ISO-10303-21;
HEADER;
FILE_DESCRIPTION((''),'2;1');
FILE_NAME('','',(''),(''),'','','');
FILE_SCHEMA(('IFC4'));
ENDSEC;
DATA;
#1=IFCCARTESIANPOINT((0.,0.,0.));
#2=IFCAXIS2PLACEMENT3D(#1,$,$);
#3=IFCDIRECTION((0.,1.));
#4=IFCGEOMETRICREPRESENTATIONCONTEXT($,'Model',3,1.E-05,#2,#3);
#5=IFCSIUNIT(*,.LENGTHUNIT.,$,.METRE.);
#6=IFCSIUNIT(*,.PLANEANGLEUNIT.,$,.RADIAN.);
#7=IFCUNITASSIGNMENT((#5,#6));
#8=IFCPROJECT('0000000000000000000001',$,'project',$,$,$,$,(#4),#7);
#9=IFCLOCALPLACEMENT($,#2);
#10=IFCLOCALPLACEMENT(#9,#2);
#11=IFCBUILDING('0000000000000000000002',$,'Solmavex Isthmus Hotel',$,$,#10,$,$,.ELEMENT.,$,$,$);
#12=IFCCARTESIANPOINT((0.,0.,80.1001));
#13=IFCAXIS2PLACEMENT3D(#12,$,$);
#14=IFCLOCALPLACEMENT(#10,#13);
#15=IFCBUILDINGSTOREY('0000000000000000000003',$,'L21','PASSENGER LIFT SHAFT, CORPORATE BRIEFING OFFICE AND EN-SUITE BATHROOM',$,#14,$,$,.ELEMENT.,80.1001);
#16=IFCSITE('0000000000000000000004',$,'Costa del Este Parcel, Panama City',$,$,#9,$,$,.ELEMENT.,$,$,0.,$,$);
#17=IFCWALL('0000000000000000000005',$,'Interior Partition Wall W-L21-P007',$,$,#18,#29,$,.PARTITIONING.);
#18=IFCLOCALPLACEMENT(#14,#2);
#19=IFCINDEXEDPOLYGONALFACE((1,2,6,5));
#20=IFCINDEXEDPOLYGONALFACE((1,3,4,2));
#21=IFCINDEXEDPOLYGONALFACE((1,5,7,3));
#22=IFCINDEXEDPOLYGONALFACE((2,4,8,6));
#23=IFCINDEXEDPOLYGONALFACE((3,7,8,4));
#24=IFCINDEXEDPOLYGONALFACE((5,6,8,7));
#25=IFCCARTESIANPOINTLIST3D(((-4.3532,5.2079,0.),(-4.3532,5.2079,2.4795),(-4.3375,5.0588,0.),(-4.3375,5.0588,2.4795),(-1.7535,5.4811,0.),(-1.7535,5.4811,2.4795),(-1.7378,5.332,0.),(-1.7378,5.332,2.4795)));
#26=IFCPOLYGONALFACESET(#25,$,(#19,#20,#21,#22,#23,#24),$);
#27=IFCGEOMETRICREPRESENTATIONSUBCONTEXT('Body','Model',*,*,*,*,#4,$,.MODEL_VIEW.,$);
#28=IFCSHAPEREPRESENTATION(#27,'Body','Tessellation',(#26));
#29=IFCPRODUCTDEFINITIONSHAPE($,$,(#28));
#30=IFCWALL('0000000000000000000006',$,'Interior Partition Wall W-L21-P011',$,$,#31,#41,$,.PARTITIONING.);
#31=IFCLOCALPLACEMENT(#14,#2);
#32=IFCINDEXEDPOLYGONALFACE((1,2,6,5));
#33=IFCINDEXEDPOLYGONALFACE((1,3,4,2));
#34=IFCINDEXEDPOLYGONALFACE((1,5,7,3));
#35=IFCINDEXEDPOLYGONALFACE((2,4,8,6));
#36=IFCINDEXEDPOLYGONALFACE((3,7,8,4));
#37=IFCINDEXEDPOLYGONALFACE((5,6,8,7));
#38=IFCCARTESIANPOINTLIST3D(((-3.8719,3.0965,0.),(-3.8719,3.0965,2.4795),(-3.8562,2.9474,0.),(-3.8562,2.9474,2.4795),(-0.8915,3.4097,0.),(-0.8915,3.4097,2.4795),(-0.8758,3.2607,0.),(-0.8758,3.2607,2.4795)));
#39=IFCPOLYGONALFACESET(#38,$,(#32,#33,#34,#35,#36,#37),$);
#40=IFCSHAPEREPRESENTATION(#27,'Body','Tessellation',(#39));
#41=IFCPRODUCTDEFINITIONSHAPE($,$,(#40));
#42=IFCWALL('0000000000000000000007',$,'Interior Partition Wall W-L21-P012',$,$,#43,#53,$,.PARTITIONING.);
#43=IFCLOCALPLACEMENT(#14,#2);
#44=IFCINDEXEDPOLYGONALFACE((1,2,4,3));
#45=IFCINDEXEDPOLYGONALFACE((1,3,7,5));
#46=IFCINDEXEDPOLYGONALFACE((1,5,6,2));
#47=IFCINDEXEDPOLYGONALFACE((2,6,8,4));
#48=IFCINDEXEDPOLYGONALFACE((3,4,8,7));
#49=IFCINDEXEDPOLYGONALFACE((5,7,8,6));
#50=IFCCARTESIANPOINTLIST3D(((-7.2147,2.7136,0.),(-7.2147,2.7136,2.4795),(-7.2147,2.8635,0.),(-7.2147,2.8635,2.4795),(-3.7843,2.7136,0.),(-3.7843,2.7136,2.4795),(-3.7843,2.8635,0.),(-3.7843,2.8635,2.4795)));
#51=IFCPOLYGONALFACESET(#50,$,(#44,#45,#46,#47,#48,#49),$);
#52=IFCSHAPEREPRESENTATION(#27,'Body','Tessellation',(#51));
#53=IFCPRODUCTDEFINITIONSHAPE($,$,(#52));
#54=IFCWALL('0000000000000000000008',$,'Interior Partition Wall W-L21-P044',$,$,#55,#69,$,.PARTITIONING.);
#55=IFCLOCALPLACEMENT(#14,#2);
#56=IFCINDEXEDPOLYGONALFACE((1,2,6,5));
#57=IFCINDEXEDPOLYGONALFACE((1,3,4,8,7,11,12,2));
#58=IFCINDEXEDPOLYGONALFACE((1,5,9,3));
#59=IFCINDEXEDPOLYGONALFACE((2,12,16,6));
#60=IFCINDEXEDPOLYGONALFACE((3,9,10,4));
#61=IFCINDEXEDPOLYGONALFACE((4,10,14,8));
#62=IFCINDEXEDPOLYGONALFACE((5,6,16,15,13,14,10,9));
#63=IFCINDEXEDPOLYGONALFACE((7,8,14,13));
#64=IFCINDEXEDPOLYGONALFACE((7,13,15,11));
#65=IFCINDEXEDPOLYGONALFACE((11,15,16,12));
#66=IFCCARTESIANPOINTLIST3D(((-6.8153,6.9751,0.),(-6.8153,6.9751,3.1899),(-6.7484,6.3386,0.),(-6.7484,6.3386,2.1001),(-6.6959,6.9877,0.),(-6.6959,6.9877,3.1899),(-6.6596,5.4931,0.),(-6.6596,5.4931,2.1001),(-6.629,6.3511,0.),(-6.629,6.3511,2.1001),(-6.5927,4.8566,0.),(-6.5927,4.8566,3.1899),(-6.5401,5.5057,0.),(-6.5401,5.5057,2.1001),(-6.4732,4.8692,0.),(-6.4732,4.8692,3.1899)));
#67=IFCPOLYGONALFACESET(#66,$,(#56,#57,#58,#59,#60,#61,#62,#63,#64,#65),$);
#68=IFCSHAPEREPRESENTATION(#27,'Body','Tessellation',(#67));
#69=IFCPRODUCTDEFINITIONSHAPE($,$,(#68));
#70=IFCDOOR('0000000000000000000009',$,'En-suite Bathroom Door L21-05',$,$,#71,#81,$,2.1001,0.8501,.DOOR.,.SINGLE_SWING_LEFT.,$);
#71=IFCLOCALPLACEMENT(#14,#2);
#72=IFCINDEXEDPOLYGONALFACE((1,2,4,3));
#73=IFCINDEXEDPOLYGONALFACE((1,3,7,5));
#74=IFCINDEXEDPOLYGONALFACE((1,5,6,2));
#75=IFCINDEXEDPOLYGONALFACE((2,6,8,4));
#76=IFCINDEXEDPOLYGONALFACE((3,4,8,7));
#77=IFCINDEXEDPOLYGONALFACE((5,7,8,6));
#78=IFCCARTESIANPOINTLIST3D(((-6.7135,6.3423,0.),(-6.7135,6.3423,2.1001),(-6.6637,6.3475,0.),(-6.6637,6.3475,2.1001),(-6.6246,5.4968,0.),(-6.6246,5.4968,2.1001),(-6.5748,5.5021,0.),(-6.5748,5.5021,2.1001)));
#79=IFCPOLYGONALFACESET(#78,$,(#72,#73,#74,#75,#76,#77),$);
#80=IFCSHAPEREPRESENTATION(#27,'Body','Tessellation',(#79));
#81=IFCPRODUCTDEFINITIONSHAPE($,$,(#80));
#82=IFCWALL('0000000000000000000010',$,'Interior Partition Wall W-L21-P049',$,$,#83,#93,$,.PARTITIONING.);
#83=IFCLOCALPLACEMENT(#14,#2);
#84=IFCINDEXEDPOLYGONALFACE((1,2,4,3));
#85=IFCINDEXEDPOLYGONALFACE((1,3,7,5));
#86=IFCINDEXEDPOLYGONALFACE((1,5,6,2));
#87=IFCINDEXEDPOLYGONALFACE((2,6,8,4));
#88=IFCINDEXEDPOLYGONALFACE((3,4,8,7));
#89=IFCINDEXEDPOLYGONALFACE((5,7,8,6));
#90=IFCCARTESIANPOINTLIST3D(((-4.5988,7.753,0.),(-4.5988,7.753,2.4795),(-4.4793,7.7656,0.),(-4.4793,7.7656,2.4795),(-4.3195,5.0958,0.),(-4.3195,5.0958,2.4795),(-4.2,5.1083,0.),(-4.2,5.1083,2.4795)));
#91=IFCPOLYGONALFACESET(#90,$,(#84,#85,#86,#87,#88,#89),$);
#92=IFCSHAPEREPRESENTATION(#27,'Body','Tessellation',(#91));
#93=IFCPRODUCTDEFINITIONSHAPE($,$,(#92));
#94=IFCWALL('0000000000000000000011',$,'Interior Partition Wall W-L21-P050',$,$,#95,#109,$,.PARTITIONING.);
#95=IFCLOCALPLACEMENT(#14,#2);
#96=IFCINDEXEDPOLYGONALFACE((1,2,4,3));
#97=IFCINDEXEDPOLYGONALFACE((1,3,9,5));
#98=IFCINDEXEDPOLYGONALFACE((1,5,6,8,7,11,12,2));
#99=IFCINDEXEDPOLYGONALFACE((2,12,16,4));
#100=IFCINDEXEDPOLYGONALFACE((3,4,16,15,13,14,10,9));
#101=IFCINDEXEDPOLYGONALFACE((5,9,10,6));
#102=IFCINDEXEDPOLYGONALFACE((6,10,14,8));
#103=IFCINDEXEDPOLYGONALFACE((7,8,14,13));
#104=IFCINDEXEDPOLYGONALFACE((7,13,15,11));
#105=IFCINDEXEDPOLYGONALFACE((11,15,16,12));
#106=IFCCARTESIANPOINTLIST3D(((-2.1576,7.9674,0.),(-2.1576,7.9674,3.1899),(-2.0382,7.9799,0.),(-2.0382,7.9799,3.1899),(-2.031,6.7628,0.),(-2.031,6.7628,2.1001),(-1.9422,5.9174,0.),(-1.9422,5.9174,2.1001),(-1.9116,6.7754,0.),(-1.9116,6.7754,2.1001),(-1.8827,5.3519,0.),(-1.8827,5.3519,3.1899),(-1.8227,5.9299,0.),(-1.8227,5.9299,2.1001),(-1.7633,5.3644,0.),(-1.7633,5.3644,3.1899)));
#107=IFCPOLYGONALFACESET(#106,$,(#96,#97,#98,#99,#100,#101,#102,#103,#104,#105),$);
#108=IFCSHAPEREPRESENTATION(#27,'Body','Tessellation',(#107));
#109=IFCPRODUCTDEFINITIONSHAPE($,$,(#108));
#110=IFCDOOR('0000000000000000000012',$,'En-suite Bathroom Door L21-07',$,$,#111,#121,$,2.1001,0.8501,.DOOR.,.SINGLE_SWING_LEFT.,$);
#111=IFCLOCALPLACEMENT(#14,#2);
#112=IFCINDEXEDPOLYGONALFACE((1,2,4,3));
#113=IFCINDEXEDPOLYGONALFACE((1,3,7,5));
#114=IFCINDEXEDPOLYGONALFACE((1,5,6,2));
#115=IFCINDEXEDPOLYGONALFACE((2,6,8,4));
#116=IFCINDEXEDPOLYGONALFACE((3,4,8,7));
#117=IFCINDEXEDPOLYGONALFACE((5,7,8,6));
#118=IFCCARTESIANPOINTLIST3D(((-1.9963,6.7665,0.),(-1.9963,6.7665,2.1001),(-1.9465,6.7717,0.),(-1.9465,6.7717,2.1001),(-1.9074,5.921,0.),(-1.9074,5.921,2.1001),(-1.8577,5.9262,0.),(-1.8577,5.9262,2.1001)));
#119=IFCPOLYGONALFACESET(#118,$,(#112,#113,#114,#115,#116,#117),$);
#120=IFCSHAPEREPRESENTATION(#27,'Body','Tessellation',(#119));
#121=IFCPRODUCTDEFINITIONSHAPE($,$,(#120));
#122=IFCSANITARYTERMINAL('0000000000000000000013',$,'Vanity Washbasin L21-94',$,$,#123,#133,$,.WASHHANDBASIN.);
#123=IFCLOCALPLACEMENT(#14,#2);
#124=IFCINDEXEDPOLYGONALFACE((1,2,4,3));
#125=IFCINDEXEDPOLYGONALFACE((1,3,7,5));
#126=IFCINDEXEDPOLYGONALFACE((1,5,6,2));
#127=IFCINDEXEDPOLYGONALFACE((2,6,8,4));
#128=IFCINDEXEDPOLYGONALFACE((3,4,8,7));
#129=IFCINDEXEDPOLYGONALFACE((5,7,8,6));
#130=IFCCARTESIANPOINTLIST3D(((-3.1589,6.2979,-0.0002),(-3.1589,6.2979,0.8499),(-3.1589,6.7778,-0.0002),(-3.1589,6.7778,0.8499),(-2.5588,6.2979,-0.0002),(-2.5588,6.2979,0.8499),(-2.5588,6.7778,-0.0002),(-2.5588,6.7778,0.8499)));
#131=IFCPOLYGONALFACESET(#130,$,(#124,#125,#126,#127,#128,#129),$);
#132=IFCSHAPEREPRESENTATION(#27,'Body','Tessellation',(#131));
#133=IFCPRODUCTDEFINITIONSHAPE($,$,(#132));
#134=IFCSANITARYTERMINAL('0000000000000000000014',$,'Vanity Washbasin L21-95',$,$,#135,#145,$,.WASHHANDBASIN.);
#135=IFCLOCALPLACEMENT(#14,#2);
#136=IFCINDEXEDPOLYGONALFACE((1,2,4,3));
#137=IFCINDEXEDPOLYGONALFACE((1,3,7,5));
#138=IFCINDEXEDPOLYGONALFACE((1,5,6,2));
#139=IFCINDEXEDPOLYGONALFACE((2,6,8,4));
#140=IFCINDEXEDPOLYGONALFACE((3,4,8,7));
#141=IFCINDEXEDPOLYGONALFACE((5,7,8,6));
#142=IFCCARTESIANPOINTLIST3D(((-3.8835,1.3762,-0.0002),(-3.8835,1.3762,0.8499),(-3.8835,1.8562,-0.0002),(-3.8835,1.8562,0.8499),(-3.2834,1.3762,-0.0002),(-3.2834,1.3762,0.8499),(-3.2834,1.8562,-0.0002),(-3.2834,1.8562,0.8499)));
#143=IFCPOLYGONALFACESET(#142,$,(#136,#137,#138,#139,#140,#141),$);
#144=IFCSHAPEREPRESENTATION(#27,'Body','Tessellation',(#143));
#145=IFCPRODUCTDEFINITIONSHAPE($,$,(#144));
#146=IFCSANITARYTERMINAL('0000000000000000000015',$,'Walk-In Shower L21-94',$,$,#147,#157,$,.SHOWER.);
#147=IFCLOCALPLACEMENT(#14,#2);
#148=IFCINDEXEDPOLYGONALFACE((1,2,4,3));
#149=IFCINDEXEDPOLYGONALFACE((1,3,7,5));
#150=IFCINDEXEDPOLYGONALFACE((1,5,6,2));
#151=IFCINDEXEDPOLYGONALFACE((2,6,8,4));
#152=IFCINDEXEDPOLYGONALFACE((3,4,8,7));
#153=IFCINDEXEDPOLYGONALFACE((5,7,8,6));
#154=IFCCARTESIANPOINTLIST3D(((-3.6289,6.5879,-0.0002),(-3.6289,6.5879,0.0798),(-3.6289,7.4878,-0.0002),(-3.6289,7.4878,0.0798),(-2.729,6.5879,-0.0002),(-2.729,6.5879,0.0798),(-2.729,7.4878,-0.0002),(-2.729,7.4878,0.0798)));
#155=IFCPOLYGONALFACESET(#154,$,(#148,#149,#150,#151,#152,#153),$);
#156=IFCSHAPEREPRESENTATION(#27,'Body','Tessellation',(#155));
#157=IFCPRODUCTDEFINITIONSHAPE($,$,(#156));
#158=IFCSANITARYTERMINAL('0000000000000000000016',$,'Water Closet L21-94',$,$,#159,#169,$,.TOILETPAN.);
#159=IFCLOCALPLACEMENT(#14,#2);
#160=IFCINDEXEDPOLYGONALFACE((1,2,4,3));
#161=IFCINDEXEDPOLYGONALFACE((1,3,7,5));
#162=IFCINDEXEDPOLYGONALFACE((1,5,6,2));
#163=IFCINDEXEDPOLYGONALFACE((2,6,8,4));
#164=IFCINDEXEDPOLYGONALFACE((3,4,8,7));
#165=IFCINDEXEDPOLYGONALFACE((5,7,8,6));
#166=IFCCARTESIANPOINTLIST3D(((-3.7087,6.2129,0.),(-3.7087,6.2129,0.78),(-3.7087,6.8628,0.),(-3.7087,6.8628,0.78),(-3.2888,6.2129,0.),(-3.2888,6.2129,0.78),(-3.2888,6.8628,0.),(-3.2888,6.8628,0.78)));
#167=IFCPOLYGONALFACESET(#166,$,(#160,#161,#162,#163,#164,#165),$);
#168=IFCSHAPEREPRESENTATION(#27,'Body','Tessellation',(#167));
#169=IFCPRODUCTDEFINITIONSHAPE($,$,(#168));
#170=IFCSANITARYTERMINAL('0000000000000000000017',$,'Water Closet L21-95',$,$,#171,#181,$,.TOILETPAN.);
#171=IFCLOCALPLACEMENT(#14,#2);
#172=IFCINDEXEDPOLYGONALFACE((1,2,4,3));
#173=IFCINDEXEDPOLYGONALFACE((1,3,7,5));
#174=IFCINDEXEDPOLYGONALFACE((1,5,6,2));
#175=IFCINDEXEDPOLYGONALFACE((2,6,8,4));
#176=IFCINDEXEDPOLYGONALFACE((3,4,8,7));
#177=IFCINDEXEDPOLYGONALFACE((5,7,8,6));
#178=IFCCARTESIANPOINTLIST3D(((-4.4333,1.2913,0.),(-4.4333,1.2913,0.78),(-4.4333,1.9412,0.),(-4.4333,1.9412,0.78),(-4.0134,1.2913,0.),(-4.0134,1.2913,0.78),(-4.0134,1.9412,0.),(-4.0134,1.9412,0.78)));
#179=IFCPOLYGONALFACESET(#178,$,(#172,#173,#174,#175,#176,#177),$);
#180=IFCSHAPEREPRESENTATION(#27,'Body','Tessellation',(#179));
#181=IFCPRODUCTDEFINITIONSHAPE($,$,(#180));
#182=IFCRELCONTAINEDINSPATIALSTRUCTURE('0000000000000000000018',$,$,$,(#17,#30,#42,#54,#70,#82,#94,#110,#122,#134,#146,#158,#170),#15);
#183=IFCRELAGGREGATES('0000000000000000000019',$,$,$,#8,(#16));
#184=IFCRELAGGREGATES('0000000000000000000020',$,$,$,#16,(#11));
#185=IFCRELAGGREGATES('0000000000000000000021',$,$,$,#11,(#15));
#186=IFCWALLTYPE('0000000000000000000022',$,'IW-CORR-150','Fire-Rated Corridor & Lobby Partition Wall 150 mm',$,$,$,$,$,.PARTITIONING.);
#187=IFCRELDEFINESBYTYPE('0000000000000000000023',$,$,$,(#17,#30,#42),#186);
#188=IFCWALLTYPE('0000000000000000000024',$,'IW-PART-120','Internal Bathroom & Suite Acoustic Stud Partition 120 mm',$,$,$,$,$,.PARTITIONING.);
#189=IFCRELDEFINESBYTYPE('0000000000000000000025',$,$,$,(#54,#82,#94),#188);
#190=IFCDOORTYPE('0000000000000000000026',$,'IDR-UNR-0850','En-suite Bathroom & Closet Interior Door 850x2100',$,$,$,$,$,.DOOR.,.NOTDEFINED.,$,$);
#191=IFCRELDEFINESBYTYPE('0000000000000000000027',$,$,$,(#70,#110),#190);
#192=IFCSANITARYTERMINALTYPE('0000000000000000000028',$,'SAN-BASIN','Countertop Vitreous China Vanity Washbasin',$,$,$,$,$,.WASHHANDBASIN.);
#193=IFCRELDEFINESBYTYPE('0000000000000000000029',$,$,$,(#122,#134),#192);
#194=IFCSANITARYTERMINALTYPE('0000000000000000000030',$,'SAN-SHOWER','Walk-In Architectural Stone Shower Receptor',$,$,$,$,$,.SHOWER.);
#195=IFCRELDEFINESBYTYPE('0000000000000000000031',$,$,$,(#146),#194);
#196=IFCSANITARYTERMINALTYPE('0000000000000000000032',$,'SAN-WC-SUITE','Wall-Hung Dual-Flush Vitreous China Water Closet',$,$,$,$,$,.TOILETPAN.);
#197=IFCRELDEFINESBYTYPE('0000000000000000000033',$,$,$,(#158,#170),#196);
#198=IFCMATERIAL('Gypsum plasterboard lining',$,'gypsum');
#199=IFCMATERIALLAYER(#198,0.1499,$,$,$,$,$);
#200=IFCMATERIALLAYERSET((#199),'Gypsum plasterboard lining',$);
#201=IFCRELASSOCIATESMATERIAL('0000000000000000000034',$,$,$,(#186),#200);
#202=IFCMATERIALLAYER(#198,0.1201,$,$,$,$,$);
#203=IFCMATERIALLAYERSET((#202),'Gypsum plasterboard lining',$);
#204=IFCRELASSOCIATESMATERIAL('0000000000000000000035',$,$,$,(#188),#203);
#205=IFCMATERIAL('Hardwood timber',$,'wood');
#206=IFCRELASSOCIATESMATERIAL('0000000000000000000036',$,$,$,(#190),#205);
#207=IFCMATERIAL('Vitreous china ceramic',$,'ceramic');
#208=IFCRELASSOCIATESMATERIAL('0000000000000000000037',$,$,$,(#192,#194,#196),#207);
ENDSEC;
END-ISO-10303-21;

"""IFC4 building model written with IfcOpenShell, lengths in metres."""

from ifc_helpers import new_model, si_unit, direction, frame, frame_2d, origin, origin_2d, place, context, subcontext, project, spatial, rectangle, extrude, material, layer, layer_set, type_object, element, fill, save


model = new_model("IFC4")

# Units and contexts
model_context = context("Model", 3, precision=1e-05, world=origin(), true_north=direction((0.0, 1.0)))
body_context = subcontext(model_context, "Body", "Model", "MODEL_VIEW")
ifc_project = project(units=[si_unit("LENGTHUNIT", "METRE"), si_unit("PLANEANGLEUNIT", "RADIAN")], contexts=[model_context])

# Site, building, storey
site_placement = place(None, origin())
site = spatial("IfcSite", under=ifc_project, at=site_placement, Name="Costa del Este Parcel, Panama City", CompositionType="ELEMENT", RefElevation=0.0)
building_placement = place(site_placement, origin())
building = spatial("IfcBuilding", under=site, at=building_placement, Name="Solmavex Isthmus Hotel", CompositionType="ELEMENT")
storey_placement = place(building_placement, frame((0.0, 0.0, 80.1001)))
storey = spatial("IfcBuildingStorey", under=building, at=storey_placement, Name="L21", Description="PASSENGER LIFT SHAFT, CORPORATE BRIEFING OFFICE AND EN-SUITE BATHROOM", CompositionType="ELEMENT", Elevation=80.1001)

# Shared definitions
ifc_material_1 = material(Name="Gypsum plasterboard lining", Category="gypsum")
ifc_layer_1 = layer(ifc_material_1, 0.1499)
ifc_layer_set_1 = layer_set([ifc_layer_1], Name="Gypsum plasterboard lining")
wall_type_1 = type_object("IfcWallType", Name="IW-CORR-150", Description="Fire-Rated Corridor & Lobby Partition Wall 150 mm", PredefinedType="PARTITIONING", material=ifc_layer_set_1)
ifc_material_2 = material(Name="Hardwood timber", Category="wood")

# Walls
wall_1_placement = place(storey_placement, frame((-4.3455, 5.1333, 0.0), z_axis=(0.0, 0.0, 1.0), x_axis=(0.994523, 0.104515, 0.0)))
element("IfcWall", 1, at=wall_1_placement, inside=storey, type_object=wall_type_1, Name="Interior Partition Wall W-L21-P007", PredefinedType="PARTITIONING", context=body_context, shape_type="SweptSolid", body=[
    extrude(rectangle(XDim=2.614, YDim=0.1499, at=frame_2d((1.3071, 0.0))), origin(), (0.0, 0.0, 1.0), 2.4795),
])
wall_2_placement = place(storey_placement, frame((-0.8835, 3.3352, 0.0), z_axis=(0.0, 0.0, 1.0), x_axis=(-0.994523, -0.104519, 0.0)))
element("IfcWall", 2, at=wall_2_placement, inside=storey, type_object=wall_type_1, Name="Interior Partition Wall W-L21-P011", PredefinedType="PARTITIONING", context=body_context, shape_type="SweptSolid", body=[
    extrude(rectangle(XDim=2.9968, YDim=0.1499, at=frame_2d((1.4985, 0.0))), origin(), (0.0, 0.0, 1.0), 2.4795),
])
wall_3_placement = place(storey_placement, frame((-3.7842, 2.7886, 0.0), z_axis=(0.0, 0.0, 1.0), x_axis=(-1.0, 0.0, 0.0)))
element("IfcWall", 3, at=wall_3_placement, inside=storey, type_object=wall_type_1, Name="Interior Partition Wall W-L21-P012", PredefinedType="PARTITIONING", context=body_context, shape_type="SweptSolid", body=[
    extrude(rectangle(XDim=3.4304, YDim=0.1499, at=frame_2d((1.7153, 0.0))), origin(), (0.0, 0.0, 1.0), 2.4795),
])

# Wall, opening, door
ifc_layer_2 = layer(ifc_material_1, 0.1201)
ifc_layer_set_2 = layer_set([ifc_layer_2], Name="Gypsum plasterboard lining")
wall_type_2 = type_object("IfcWallType", Name="IW-PART-120", Description="Internal Bathroom & Suite Acoustic Stud Partition 120 mm", PredefinedType="PARTITIONING", material=ifc_layer_set_2)
wall_4_placement = place(storey_placement, frame((-6.533, 4.863, 0.0), z_axis=(0.0, 0.0, 1.0), x_axis=(-0.10453, 0.994522, 0.0)))
wall_4 = element("IfcWall", 4, at=wall_4_placement, inside=storey, type_object=wall_type_2, Name="Interior Partition Wall W-L21-P044", PredefinedType="PARTITIONING", context=body_context, shape_type="SweptSolid", body=[
    extrude(rectangle(XDim=2.1301, YDim=0.1201, at=frame_2d((1.0649, 0.0))), origin(), (0.0, 0.0, 1.0), 3.1899),
])
opening_1_placement = place(wall_4_placement, frame((0.6399, 0.0, 0.0)))
opening_1 = element("IfcOpeningElement", 5, at=opening_1_placement, cuts=wall_4, PredefinedType="OPENING", context=body_context, shape_type="SweptSolid", body=[
    extrude(rectangle(XDim=0.8501, YDim=2.1001, at=frame_2d((0.425, 1.05))), frame((0.0, 0.0701, 0.0), z_axis=(0.0, -1.0, 0.0), x_axis=(1.0, 0.0, 0.0)), (0.0, 0.0, 1.0), 0.1401),
])
door_type_1 = type_object("IfcDoorType", Name="IDR-UNR-0850", Description="En-suite Bathroom & Closet Interior Door 850x2100", OperationType="NOTDEFINED", PredefinedType="DOOR", material=ifc_material_2)
door_1_placement = place(opening_1_placement, origin())
door_1 = element("IfcDoor", 6, at=door_1_placement, inside=storey, type_object=door_type_1, Name="En-suite Bathroom Door L21-05", OperationType="SINGLE_SWING_LEFT", OverallHeight=2.1001, OverallWidth=0.8501, PredefinedType="DOOR", context=body_context, shape_type="SweptSolid", body=[
    extrude(rectangle(XDim=0.8501, YDim=2.1001, at=frame_2d((0.425, 1.05))), frame((0.0, 0.0249, 0.0), z_axis=(0.0, -1.0, 0.0), x_axis=(1.0, 0.0, 0.0)), (0.0, 0.0, 1.0), 0.05),
])
fill(opening_1, door_1)

# Wall
wall_5_placement = place(storey_placement, frame((-4.5391, 7.7593, 0.0), z_axis=(0.0, 0.0, 1.0), x_axis=(0.104533, -0.994521, 0.0)))
element("IfcWall", 7, at=wall_5_placement, inside=storey, type_object=wall_type_2, Name="Interior Partition Wall W-L21-P049", PredefinedType="PARTITIONING", context=body_context, shape_type="SweptSolid", body=[
    extrude(rectangle(XDim=2.6719, YDim=0.1201, at=frame_2d((1.3359, 0.0))), origin(), (0.0, 0.0, 1.0), 2.4795),
])

# Wall, opening, door
wall_6_placement = place(storey_placement, frame((-1.823, 5.3582, 0.0), z_axis=(0.0, 0.0, 1.0), x_axis=(-0.10453, 0.994522, 0.0)))
wall_6 = element("IfcWall", 8, at=wall_6_placement, inside=storey, type_object=wall_type_2, Name="Interior Partition Wall W-L21-P050", PredefinedType="PARTITIONING", context=body_context, shape_type="SweptSolid", body=[
    extrude(rectangle(XDim=2.6299, YDim=0.1201, at=frame_2d((1.3149, 0.0))), origin(), (0.0, 0.0, 1.0), 3.1899),
])
opening_2_placement = place(wall_6_placement, frame((0.5686, 0.0, 0.0)))
opening_2 = element("IfcOpeningElement", 9, at=opening_2_placement, cuts=wall_6, PredefinedType="OPENING", context=body_context, shape_type="SweptSolid", body=[
    extrude(rectangle(XDim=0.8501, YDim=2.1001, at=frame_2d((0.425, 1.05))), frame((0.0, 0.0701, 0.0), z_axis=(0.0, -1.0, 0.0), x_axis=(1.0, 0.0, 0.0)), (0.0, 0.0, 1.0), 0.1401),
])
door_2_placement = place(opening_2_placement, frame((0.8501, 0.0, 0.0), z_axis=(0.0, 0.0, 1.0), x_axis=(-1.0, 0.0, 0.0)))
door_2 = element("IfcDoor", 10, at=door_2_placement, inside=storey, type_object=door_type_1, Name="En-suite Bathroom Door L21-07", OperationType="SINGLE_SWING_LEFT", OverallHeight=2.1001, OverallWidth=0.8501, PredefinedType="DOOR", context=body_context, shape_type="SweptSolid", body=[
    extrude(rectangle(XDim=0.8501, YDim=2.1001, at=frame_2d((0.425, 1.05))), frame((0.0, 0.0249, 0.0), z_axis=(0.0, -1.0, 0.0), x_axis=(1.0, 0.0, 0.0)), (0.0, 0.0, 1.0), 0.05),
])
fill(opening_2, door_2)

# Sanitary terminals
ifc_material_3 = material(Name="Vitreous china ceramic", Category="ceramic")
sanitary_terminal_type_1 = type_object("IfcSanitaryTerminalType", Name="SAN-BASIN", Description="Countertop Vitreous China Vanity Washbasin", PredefinedType="WASHHANDBASIN", material=ifc_material_3)
for number, where, z_axis, x_axis, name in (
    (11, (-2.8589, 6.5378, -0.0002), (0.0, 0.0, 1.0), (1.0, 0.0, 0.0), "Vanity Washbasin L21-94"),
    (12, (-3.5835, 1.6162, -0.0002), (0.0, 0.0, 1.0), (1.0, 0.0, 0.0), "Vanity Washbasin L21-95"),
):
    element("IfcSanitaryTerminal", number, at=place(storey_placement, frame(where, z_axis=z_axis, x_axis=x_axis)), inside=storey, type_object=sanitary_terminal_type_1, Name=name, PredefinedType="WASHHANDBASIN", context=body_context, shape_type="SweptSolid", body=[
        extrude(rectangle(XDim=0.6001, YDim=0.48, at=origin_2d()), origin(), (0.0, 0.0, 1.0), 0.8501),
    ])
sanitary_terminal_type_2 = type_object("IfcSanitaryTerminalType", Name="SAN-SHOWER", Description="Walk-In Architectural Stone Shower Receptor", PredefinedType="SHOWER", material=ifc_material_3)
sanitary_terminal_placement = place(storey_placement, frame((-3.179, 7.0378, -0.0002), z_axis=(0.0, 0.0, 1.0), x_axis=(1.0, 0.0, 0.0)))
element("IfcSanitaryTerminal", 13, at=sanitary_terminal_placement, inside=storey, type_object=sanitary_terminal_type_2, Name="Walk-In Shower L21-94", PredefinedType="SHOWER", context=body_context, shape_type="SweptSolid", body=[
    extrude(rectangle(XDim=0.8999, YDim=0.8999, at=origin_2d()), origin(), (0.0, 0.0, 1.0), 0.0801),
])
sanitary_terminal_type_3 = type_object("IfcSanitaryTerminalType", Name="SAN-WC-SUITE", Description="Wall-Hung Dual-Flush Vitreous China Water Closet", PredefinedType="TOILETPAN", material=ifc_material_3)
for number, where, z_axis, x_axis, name in (
    (14, (-3.4988, 6.5378, 0.0), (0.0, 0.0, 1.0), (1.0, 0.0, 0.0), "Water Closet L21-94"),
    (15, (-4.2234, 1.6162, 0.0), (0.0, 0.0, 1.0), (1.0, 0.0, 0.0), "Water Closet L21-95"),
):
    element("IfcSanitaryTerminal", number, at=place(storey_placement, frame(where, z_axis=z_axis, x_axis=x_axis)), inside=storey, type_object=sanitary_terminal_type_3, Name=name, PredefinedType="TOILETPAN", context=body_context, shape_type="SweptSolid", body=[
        extrude(rectangle(XDim=0.4199, YDim=0.6499, at=origin_2d()), origin(), (0.0, 0.0, 1.0), 0.78),
    ])

save(model, "model.ifc")
